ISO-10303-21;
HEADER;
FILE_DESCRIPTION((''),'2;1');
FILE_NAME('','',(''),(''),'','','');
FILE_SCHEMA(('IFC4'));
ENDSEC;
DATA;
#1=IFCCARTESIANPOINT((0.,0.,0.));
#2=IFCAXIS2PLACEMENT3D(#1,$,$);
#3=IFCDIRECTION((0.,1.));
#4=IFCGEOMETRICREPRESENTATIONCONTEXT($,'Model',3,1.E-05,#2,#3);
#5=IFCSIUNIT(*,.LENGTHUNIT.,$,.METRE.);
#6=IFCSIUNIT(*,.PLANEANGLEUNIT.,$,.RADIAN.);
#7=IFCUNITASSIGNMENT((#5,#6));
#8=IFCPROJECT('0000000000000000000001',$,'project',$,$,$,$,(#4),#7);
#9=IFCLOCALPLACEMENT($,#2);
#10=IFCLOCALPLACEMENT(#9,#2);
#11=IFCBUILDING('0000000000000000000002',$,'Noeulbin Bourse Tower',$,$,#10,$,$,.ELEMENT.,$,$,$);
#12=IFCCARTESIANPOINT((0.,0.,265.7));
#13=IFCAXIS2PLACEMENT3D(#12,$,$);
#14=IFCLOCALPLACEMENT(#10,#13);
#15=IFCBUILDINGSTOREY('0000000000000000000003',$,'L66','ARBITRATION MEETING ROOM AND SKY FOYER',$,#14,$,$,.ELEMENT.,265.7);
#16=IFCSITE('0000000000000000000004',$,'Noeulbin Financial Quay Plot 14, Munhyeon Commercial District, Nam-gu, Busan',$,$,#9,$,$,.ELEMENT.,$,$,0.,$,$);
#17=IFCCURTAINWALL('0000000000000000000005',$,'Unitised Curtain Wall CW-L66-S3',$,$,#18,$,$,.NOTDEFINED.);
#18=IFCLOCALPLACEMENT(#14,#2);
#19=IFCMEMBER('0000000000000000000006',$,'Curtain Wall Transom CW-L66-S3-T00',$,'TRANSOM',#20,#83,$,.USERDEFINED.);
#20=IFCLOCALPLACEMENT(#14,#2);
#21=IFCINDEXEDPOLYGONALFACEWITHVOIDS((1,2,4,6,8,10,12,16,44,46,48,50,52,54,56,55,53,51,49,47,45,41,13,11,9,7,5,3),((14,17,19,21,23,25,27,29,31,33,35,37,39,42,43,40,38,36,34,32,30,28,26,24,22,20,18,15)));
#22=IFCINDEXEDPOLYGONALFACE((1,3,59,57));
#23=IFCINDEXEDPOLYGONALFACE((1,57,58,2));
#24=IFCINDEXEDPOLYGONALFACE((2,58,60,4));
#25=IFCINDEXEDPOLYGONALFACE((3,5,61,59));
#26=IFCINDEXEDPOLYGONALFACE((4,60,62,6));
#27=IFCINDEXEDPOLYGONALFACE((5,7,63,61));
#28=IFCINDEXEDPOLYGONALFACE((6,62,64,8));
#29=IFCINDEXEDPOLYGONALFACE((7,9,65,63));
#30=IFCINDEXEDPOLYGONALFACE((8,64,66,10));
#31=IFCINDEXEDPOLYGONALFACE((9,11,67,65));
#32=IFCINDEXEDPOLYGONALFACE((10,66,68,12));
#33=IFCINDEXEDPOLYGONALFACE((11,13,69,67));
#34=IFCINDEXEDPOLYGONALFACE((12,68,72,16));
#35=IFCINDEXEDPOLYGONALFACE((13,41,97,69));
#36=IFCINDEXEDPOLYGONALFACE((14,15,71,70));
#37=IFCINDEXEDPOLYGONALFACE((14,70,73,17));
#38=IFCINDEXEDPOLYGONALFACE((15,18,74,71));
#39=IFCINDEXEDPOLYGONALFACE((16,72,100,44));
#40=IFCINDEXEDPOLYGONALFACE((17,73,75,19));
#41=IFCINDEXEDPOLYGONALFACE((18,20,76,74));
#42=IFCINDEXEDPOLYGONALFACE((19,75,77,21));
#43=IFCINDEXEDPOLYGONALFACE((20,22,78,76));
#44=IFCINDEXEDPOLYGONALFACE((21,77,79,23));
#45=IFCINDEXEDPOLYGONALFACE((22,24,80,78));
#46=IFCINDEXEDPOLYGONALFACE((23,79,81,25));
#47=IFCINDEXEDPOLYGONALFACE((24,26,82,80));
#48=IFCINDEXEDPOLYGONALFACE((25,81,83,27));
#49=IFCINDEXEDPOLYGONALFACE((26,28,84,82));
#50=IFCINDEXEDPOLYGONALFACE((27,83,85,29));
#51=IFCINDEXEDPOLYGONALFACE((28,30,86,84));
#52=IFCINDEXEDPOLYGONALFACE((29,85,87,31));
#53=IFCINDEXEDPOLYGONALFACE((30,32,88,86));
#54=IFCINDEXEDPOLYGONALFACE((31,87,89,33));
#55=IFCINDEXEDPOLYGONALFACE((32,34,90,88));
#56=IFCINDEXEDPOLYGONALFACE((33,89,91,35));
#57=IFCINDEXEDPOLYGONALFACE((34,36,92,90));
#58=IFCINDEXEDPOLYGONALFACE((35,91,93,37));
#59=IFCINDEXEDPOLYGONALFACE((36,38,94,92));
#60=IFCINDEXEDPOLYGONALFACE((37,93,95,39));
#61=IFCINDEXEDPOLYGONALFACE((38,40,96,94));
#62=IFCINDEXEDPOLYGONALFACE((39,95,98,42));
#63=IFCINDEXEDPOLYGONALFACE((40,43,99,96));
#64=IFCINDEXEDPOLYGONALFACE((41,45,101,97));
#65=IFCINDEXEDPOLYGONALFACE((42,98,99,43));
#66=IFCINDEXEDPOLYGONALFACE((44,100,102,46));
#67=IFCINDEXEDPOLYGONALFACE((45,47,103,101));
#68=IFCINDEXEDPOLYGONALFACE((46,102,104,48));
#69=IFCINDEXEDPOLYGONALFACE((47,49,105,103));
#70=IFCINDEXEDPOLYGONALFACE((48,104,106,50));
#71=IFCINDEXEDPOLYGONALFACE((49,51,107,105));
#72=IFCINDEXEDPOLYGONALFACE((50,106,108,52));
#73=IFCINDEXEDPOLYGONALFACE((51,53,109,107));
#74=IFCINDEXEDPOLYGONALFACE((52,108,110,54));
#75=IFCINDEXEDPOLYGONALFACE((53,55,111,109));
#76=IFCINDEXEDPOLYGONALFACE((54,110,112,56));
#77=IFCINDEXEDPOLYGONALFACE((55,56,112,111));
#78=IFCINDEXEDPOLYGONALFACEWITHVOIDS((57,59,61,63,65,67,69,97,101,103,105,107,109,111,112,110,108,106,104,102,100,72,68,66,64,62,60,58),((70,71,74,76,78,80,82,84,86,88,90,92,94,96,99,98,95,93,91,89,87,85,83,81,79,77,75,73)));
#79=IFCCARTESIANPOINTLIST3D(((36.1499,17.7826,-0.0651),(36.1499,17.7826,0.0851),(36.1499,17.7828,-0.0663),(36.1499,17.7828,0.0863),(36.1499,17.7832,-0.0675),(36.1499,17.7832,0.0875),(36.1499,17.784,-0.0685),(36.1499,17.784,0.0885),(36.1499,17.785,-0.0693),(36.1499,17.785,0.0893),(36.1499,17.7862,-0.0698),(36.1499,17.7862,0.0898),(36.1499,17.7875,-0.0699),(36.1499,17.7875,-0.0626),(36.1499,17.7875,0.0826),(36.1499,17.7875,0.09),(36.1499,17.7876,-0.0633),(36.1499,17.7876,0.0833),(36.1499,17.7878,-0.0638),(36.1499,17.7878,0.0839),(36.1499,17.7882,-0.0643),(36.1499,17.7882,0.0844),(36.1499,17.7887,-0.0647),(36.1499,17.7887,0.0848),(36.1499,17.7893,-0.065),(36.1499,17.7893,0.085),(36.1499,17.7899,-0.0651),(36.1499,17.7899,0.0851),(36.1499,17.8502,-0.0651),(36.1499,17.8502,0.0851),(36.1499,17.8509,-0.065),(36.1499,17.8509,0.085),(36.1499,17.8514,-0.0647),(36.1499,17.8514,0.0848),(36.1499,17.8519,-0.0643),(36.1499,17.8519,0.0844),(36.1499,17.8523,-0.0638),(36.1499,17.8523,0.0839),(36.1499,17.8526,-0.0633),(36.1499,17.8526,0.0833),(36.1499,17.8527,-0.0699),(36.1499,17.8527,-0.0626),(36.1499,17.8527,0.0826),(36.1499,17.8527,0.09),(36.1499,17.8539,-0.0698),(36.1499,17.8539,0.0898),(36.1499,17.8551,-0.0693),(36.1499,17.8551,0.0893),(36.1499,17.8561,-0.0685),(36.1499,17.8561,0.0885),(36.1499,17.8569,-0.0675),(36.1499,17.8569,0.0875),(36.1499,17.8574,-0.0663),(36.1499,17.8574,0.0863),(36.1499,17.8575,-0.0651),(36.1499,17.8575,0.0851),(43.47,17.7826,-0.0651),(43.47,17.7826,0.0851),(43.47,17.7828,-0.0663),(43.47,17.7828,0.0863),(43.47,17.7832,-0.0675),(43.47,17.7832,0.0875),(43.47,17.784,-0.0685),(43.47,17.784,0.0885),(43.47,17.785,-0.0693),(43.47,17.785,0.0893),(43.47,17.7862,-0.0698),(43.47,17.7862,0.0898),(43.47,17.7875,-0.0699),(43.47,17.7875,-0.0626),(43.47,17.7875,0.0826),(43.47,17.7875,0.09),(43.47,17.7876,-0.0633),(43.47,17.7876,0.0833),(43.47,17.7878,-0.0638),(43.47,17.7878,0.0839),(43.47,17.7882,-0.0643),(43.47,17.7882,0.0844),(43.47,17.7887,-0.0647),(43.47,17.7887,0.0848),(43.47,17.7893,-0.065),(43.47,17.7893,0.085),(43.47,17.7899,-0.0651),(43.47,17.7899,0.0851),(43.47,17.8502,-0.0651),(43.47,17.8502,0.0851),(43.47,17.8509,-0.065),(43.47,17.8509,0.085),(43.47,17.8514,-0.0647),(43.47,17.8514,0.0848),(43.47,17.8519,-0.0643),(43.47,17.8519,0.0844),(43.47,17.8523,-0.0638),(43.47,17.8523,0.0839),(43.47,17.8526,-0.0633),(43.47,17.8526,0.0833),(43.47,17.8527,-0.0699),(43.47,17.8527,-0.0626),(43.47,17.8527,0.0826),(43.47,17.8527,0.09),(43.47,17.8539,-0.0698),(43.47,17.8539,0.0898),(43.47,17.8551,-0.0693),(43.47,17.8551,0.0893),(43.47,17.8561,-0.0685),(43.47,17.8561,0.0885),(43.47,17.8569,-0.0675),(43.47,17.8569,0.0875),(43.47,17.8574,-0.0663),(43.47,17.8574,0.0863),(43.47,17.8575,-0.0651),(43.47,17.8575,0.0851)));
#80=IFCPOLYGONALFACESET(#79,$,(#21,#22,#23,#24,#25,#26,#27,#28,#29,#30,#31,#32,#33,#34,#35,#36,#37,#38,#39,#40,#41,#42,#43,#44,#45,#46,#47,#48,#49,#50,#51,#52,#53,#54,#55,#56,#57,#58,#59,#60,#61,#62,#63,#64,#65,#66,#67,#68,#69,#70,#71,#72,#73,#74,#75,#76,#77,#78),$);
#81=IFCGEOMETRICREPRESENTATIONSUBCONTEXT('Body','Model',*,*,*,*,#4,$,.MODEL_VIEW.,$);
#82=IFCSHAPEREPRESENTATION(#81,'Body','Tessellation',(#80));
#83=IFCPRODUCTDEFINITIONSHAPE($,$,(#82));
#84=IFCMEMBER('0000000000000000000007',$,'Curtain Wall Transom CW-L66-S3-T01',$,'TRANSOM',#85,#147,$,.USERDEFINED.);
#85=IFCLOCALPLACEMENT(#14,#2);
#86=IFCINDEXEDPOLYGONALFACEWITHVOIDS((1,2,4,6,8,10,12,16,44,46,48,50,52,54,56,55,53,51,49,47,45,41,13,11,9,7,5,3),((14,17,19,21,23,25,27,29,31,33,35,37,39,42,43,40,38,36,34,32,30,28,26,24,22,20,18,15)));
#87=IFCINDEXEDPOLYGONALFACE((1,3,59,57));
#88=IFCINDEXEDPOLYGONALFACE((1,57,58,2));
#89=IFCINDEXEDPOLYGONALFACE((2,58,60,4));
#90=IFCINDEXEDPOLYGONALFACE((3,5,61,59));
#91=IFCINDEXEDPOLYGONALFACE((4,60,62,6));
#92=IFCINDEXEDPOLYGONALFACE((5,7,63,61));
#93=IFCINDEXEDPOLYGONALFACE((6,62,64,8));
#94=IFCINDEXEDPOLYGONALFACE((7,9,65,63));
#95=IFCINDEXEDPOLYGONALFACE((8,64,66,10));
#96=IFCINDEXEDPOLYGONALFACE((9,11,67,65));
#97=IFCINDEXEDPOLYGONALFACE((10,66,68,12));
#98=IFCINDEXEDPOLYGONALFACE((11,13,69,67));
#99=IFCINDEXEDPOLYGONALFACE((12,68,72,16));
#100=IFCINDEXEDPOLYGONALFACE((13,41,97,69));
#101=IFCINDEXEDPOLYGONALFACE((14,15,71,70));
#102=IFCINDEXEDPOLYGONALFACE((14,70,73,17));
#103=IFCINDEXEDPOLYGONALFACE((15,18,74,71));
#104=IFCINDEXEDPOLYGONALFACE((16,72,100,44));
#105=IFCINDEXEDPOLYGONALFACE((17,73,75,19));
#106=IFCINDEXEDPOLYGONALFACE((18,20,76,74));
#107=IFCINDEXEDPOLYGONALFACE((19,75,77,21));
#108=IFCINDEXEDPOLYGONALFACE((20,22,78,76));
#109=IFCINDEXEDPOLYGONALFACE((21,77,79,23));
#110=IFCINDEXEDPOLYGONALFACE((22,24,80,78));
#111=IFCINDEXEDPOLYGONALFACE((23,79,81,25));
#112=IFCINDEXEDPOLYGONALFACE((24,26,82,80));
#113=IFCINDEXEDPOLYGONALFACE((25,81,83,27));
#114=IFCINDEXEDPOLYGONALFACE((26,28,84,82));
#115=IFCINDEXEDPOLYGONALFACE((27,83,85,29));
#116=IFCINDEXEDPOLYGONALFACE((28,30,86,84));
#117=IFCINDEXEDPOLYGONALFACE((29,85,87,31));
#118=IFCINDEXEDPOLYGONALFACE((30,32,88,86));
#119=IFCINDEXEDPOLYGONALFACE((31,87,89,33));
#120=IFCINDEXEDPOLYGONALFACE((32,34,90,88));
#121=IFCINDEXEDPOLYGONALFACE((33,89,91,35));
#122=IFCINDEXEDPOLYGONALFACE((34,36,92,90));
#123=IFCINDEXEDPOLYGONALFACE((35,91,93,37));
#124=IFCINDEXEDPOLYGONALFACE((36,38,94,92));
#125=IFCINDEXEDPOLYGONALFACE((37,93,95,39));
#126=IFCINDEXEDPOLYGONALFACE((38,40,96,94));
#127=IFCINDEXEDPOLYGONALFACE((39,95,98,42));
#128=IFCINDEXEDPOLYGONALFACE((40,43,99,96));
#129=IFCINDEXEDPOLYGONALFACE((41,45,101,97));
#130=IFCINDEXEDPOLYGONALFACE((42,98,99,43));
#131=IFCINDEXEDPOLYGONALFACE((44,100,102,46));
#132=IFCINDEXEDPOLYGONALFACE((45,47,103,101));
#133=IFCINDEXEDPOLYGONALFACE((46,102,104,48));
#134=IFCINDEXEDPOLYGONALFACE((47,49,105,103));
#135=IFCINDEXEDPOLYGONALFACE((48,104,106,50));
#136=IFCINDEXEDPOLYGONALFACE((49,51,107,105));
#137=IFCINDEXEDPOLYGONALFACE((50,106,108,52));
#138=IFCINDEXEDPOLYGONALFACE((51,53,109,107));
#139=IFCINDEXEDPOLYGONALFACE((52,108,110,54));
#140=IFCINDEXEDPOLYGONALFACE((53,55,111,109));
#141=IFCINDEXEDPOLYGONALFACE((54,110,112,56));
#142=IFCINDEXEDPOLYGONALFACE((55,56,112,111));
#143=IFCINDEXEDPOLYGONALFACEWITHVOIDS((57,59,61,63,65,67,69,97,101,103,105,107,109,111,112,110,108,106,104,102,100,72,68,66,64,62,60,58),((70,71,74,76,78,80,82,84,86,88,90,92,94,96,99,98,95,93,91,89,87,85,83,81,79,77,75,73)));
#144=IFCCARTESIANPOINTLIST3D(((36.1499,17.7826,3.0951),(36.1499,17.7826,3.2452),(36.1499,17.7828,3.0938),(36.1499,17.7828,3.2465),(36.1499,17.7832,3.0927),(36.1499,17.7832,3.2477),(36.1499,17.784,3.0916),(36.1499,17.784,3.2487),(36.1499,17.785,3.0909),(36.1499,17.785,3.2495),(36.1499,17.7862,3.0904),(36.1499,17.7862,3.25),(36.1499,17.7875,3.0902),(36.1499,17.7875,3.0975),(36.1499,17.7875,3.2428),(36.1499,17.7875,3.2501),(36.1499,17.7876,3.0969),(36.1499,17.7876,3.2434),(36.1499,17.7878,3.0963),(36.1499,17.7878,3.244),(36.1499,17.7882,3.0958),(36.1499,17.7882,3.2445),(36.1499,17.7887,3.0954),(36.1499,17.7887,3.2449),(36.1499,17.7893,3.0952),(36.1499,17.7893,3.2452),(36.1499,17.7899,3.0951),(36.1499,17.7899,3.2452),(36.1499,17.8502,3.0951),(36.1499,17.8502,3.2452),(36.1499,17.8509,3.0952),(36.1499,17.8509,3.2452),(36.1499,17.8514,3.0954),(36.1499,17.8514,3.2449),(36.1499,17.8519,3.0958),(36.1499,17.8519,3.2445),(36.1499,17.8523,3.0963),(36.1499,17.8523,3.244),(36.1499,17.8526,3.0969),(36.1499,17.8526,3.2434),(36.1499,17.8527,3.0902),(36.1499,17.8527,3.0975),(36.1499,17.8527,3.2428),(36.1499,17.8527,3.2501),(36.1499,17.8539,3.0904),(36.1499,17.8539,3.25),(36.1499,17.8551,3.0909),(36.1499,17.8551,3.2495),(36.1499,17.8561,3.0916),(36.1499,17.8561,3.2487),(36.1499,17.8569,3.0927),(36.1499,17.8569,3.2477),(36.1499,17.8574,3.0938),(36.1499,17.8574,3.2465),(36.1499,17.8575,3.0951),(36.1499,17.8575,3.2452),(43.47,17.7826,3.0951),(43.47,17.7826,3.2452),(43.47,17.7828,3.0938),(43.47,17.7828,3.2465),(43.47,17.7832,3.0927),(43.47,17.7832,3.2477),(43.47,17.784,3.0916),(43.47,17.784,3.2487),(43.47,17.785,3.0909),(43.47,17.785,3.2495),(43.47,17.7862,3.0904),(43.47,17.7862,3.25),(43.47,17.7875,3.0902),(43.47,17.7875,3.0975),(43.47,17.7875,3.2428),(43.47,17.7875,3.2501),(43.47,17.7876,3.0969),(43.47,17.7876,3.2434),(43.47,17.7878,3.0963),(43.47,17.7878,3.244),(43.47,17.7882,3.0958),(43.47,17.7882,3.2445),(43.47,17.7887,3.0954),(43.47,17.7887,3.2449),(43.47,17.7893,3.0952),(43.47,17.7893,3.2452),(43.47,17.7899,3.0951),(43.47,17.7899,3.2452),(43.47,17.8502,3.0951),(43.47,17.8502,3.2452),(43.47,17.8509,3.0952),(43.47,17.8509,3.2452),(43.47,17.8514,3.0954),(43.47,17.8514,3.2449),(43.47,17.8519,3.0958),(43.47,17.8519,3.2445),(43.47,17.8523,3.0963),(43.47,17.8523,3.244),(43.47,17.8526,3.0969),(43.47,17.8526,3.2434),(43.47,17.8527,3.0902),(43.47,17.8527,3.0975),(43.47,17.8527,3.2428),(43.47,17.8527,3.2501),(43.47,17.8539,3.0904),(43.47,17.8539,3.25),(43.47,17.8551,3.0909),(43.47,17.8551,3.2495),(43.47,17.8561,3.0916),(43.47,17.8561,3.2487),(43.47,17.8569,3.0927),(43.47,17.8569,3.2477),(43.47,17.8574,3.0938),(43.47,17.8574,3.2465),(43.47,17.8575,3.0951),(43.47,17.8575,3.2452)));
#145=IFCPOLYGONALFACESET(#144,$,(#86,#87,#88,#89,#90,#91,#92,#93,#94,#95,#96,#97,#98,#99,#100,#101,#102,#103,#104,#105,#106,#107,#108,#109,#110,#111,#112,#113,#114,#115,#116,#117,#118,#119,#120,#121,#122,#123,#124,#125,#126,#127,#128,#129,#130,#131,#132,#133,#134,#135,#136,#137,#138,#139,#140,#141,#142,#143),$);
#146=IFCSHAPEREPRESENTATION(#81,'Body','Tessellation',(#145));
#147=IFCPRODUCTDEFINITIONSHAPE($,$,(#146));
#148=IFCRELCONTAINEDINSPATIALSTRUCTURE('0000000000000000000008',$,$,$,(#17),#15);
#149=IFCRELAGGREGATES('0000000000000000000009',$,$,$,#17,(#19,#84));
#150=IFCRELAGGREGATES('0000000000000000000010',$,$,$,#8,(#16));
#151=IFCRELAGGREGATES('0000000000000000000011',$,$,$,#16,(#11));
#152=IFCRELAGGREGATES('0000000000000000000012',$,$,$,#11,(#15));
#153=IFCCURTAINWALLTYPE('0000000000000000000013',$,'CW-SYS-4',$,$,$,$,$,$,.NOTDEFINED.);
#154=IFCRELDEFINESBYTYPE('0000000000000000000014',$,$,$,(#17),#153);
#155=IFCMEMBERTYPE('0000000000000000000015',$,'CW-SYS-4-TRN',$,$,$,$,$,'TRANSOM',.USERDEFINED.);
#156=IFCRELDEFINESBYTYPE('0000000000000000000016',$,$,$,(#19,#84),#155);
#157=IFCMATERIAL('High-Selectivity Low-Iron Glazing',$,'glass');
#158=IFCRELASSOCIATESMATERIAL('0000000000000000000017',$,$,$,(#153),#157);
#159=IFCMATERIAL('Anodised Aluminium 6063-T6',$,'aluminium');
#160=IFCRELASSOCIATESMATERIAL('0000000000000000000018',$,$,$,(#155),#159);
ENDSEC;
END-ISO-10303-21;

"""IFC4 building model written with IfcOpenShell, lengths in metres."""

from ifc_helpers import new_model, si_unit, direction, frame, origin, origin_2d, place, context, subcontext, project, spatial, hollow_rectangle, extrude, material, material_profile, profile_set, type_object, element, aggregate, save


model = new_model("IFC4")

# Units and contexts
model_context = context("Model", 3, precision=1e-05, world=origin(), true_north=direction((0.0, 1.0)))
body_context = subcontext(model_context, "Body", "Model", "MODEL_VIEW")
ifc_project = project(units=[si_unit("LENGTHUNIT", "METRE"), si_unit("PLANEANGLEUNIT", "RADIAN")], contexts=[model_context])

# Site, building, storey
site_placement = place(None, origin())
site = spatial("IfcSite", under=ifc_project, at=site_placement, Name="Noeulbin Financial Quay Plot 14, Munhyeon Commercial District, Nam-gu, Busan", CompositionType="ELEMENT", RefElevation=0.0)
building_placement = place(site_placement, origin())
building = spatial("IfcBuilding", under=site, at=building_placement, Name="Noeulbin Bourse Tower", CompositionType="ELEMENT")
storey_placement = place(building_placement, frame((0.0, 0.0, 265.7)))
storey = spatial("IfcBuildingStorey", under=building, at=storey_placement, Name="L66", Description="ARBITRATION MEETING ROOM AND SKY FOYER", CompositionType="ELEMENT", Elevation=265.7)

# Curtain wall
ifc_material_1 = material(Name="High-Selectivity Low-Iron Glazing", Category="glass")
curtain_wall_type = type_object("IfcCurtainWallType", Name="CW-SYS-4", PredefinedType="NOTDEFINED", material=ifc_material_1)
curtain_wall_1_placement = place(storey_placement, origin())
curtain_wall_1 = element("IfcCurtainWall", 1, at=curtain_wall_1_placement, inside=storey, type_object=curtain_wall_type, Name="Unitised Curtain Wall CW-L66-S3", PredefinedType="NOTDEFINED")
ifc_material_2 = material(Name="Anodised Aluminium 6063-T6", Category="aluminium")

# Members
ifc_material_profile_1 = material_profile(ifc_material_2, hollow_rectangle(XDim=0.075, YDim=0.1599, WallThickness=0.0049, InnerFilletRadius=0.0024, OuterFilletRadius=0.0049, at=origin_2d()), Name="ALU-TRAN-75x160x5", Category="LoadBearing")
ifc_profile_set_1 = profile_set([ifc_material_profile_1], Name="Anodised Aluminium 6063-T6")
member_type_1 = type_object("IfcMemberType", Name="CW-SYS-4-TRN", ElementType="TRANSOM", PredefinedType="USERDEFINED", material=ifc_profile_set_1)
member_1_placement = place(storey_placement, frame((36.1499, 17.8201, 0.01), z_axis=(1.0, 0.0, 0.0), x_axis=(0.0, 1.0, 0.0)))
member_1 = element("IfcMember", 2, at=member_1_placement, type_object=member_type_1, Name="Curtain Wall Transom CW-L66-S3-T00", ObjectType="TRANSOM", PredefinedType="USERDEFINED", context=body_context, shape_type="SweptSolid", body=[
    extrude(hollow_rectangle(XDim=0.075, YDim=0.1599, WallThickness=0.0049, InnerFilletRadius=0.0024, OuterFilletRadius=0.0049, at=origin_2d()), origin(), (0.0, 0.0, 1.0), 7.3201),
])
member_2_placement = place(storey_placement, frame((36.1499, 17.8201, 3.1702), z_axis=(1.0, 0.0, 0.0), x_axis=(0.0, 1.0, 0.0)))
member_2 = element("IfcMember", 3, at=member_2_placement, type_object=member_type_1, Name="Curtain Wall Transom CW-L66-S3-T01", ObjectType="TRANSOM", PredefinedType="USERDEFINED", context=body_context, shape_type="SweptSolid", body=[
    extrude(hollow_rectangle(XDim=0.075, YDim=0.1599, WallThickness=0.0049, InnerFilletRadius=0.0024, OuterFilletRadius=0.0049, at=origin_2d()), origin(), (0.0, 0.0, 1.0), 7.3201),
])

aggregate(curtain_wall_1, [member_1, member_2])

save(model, "model.ifc")
